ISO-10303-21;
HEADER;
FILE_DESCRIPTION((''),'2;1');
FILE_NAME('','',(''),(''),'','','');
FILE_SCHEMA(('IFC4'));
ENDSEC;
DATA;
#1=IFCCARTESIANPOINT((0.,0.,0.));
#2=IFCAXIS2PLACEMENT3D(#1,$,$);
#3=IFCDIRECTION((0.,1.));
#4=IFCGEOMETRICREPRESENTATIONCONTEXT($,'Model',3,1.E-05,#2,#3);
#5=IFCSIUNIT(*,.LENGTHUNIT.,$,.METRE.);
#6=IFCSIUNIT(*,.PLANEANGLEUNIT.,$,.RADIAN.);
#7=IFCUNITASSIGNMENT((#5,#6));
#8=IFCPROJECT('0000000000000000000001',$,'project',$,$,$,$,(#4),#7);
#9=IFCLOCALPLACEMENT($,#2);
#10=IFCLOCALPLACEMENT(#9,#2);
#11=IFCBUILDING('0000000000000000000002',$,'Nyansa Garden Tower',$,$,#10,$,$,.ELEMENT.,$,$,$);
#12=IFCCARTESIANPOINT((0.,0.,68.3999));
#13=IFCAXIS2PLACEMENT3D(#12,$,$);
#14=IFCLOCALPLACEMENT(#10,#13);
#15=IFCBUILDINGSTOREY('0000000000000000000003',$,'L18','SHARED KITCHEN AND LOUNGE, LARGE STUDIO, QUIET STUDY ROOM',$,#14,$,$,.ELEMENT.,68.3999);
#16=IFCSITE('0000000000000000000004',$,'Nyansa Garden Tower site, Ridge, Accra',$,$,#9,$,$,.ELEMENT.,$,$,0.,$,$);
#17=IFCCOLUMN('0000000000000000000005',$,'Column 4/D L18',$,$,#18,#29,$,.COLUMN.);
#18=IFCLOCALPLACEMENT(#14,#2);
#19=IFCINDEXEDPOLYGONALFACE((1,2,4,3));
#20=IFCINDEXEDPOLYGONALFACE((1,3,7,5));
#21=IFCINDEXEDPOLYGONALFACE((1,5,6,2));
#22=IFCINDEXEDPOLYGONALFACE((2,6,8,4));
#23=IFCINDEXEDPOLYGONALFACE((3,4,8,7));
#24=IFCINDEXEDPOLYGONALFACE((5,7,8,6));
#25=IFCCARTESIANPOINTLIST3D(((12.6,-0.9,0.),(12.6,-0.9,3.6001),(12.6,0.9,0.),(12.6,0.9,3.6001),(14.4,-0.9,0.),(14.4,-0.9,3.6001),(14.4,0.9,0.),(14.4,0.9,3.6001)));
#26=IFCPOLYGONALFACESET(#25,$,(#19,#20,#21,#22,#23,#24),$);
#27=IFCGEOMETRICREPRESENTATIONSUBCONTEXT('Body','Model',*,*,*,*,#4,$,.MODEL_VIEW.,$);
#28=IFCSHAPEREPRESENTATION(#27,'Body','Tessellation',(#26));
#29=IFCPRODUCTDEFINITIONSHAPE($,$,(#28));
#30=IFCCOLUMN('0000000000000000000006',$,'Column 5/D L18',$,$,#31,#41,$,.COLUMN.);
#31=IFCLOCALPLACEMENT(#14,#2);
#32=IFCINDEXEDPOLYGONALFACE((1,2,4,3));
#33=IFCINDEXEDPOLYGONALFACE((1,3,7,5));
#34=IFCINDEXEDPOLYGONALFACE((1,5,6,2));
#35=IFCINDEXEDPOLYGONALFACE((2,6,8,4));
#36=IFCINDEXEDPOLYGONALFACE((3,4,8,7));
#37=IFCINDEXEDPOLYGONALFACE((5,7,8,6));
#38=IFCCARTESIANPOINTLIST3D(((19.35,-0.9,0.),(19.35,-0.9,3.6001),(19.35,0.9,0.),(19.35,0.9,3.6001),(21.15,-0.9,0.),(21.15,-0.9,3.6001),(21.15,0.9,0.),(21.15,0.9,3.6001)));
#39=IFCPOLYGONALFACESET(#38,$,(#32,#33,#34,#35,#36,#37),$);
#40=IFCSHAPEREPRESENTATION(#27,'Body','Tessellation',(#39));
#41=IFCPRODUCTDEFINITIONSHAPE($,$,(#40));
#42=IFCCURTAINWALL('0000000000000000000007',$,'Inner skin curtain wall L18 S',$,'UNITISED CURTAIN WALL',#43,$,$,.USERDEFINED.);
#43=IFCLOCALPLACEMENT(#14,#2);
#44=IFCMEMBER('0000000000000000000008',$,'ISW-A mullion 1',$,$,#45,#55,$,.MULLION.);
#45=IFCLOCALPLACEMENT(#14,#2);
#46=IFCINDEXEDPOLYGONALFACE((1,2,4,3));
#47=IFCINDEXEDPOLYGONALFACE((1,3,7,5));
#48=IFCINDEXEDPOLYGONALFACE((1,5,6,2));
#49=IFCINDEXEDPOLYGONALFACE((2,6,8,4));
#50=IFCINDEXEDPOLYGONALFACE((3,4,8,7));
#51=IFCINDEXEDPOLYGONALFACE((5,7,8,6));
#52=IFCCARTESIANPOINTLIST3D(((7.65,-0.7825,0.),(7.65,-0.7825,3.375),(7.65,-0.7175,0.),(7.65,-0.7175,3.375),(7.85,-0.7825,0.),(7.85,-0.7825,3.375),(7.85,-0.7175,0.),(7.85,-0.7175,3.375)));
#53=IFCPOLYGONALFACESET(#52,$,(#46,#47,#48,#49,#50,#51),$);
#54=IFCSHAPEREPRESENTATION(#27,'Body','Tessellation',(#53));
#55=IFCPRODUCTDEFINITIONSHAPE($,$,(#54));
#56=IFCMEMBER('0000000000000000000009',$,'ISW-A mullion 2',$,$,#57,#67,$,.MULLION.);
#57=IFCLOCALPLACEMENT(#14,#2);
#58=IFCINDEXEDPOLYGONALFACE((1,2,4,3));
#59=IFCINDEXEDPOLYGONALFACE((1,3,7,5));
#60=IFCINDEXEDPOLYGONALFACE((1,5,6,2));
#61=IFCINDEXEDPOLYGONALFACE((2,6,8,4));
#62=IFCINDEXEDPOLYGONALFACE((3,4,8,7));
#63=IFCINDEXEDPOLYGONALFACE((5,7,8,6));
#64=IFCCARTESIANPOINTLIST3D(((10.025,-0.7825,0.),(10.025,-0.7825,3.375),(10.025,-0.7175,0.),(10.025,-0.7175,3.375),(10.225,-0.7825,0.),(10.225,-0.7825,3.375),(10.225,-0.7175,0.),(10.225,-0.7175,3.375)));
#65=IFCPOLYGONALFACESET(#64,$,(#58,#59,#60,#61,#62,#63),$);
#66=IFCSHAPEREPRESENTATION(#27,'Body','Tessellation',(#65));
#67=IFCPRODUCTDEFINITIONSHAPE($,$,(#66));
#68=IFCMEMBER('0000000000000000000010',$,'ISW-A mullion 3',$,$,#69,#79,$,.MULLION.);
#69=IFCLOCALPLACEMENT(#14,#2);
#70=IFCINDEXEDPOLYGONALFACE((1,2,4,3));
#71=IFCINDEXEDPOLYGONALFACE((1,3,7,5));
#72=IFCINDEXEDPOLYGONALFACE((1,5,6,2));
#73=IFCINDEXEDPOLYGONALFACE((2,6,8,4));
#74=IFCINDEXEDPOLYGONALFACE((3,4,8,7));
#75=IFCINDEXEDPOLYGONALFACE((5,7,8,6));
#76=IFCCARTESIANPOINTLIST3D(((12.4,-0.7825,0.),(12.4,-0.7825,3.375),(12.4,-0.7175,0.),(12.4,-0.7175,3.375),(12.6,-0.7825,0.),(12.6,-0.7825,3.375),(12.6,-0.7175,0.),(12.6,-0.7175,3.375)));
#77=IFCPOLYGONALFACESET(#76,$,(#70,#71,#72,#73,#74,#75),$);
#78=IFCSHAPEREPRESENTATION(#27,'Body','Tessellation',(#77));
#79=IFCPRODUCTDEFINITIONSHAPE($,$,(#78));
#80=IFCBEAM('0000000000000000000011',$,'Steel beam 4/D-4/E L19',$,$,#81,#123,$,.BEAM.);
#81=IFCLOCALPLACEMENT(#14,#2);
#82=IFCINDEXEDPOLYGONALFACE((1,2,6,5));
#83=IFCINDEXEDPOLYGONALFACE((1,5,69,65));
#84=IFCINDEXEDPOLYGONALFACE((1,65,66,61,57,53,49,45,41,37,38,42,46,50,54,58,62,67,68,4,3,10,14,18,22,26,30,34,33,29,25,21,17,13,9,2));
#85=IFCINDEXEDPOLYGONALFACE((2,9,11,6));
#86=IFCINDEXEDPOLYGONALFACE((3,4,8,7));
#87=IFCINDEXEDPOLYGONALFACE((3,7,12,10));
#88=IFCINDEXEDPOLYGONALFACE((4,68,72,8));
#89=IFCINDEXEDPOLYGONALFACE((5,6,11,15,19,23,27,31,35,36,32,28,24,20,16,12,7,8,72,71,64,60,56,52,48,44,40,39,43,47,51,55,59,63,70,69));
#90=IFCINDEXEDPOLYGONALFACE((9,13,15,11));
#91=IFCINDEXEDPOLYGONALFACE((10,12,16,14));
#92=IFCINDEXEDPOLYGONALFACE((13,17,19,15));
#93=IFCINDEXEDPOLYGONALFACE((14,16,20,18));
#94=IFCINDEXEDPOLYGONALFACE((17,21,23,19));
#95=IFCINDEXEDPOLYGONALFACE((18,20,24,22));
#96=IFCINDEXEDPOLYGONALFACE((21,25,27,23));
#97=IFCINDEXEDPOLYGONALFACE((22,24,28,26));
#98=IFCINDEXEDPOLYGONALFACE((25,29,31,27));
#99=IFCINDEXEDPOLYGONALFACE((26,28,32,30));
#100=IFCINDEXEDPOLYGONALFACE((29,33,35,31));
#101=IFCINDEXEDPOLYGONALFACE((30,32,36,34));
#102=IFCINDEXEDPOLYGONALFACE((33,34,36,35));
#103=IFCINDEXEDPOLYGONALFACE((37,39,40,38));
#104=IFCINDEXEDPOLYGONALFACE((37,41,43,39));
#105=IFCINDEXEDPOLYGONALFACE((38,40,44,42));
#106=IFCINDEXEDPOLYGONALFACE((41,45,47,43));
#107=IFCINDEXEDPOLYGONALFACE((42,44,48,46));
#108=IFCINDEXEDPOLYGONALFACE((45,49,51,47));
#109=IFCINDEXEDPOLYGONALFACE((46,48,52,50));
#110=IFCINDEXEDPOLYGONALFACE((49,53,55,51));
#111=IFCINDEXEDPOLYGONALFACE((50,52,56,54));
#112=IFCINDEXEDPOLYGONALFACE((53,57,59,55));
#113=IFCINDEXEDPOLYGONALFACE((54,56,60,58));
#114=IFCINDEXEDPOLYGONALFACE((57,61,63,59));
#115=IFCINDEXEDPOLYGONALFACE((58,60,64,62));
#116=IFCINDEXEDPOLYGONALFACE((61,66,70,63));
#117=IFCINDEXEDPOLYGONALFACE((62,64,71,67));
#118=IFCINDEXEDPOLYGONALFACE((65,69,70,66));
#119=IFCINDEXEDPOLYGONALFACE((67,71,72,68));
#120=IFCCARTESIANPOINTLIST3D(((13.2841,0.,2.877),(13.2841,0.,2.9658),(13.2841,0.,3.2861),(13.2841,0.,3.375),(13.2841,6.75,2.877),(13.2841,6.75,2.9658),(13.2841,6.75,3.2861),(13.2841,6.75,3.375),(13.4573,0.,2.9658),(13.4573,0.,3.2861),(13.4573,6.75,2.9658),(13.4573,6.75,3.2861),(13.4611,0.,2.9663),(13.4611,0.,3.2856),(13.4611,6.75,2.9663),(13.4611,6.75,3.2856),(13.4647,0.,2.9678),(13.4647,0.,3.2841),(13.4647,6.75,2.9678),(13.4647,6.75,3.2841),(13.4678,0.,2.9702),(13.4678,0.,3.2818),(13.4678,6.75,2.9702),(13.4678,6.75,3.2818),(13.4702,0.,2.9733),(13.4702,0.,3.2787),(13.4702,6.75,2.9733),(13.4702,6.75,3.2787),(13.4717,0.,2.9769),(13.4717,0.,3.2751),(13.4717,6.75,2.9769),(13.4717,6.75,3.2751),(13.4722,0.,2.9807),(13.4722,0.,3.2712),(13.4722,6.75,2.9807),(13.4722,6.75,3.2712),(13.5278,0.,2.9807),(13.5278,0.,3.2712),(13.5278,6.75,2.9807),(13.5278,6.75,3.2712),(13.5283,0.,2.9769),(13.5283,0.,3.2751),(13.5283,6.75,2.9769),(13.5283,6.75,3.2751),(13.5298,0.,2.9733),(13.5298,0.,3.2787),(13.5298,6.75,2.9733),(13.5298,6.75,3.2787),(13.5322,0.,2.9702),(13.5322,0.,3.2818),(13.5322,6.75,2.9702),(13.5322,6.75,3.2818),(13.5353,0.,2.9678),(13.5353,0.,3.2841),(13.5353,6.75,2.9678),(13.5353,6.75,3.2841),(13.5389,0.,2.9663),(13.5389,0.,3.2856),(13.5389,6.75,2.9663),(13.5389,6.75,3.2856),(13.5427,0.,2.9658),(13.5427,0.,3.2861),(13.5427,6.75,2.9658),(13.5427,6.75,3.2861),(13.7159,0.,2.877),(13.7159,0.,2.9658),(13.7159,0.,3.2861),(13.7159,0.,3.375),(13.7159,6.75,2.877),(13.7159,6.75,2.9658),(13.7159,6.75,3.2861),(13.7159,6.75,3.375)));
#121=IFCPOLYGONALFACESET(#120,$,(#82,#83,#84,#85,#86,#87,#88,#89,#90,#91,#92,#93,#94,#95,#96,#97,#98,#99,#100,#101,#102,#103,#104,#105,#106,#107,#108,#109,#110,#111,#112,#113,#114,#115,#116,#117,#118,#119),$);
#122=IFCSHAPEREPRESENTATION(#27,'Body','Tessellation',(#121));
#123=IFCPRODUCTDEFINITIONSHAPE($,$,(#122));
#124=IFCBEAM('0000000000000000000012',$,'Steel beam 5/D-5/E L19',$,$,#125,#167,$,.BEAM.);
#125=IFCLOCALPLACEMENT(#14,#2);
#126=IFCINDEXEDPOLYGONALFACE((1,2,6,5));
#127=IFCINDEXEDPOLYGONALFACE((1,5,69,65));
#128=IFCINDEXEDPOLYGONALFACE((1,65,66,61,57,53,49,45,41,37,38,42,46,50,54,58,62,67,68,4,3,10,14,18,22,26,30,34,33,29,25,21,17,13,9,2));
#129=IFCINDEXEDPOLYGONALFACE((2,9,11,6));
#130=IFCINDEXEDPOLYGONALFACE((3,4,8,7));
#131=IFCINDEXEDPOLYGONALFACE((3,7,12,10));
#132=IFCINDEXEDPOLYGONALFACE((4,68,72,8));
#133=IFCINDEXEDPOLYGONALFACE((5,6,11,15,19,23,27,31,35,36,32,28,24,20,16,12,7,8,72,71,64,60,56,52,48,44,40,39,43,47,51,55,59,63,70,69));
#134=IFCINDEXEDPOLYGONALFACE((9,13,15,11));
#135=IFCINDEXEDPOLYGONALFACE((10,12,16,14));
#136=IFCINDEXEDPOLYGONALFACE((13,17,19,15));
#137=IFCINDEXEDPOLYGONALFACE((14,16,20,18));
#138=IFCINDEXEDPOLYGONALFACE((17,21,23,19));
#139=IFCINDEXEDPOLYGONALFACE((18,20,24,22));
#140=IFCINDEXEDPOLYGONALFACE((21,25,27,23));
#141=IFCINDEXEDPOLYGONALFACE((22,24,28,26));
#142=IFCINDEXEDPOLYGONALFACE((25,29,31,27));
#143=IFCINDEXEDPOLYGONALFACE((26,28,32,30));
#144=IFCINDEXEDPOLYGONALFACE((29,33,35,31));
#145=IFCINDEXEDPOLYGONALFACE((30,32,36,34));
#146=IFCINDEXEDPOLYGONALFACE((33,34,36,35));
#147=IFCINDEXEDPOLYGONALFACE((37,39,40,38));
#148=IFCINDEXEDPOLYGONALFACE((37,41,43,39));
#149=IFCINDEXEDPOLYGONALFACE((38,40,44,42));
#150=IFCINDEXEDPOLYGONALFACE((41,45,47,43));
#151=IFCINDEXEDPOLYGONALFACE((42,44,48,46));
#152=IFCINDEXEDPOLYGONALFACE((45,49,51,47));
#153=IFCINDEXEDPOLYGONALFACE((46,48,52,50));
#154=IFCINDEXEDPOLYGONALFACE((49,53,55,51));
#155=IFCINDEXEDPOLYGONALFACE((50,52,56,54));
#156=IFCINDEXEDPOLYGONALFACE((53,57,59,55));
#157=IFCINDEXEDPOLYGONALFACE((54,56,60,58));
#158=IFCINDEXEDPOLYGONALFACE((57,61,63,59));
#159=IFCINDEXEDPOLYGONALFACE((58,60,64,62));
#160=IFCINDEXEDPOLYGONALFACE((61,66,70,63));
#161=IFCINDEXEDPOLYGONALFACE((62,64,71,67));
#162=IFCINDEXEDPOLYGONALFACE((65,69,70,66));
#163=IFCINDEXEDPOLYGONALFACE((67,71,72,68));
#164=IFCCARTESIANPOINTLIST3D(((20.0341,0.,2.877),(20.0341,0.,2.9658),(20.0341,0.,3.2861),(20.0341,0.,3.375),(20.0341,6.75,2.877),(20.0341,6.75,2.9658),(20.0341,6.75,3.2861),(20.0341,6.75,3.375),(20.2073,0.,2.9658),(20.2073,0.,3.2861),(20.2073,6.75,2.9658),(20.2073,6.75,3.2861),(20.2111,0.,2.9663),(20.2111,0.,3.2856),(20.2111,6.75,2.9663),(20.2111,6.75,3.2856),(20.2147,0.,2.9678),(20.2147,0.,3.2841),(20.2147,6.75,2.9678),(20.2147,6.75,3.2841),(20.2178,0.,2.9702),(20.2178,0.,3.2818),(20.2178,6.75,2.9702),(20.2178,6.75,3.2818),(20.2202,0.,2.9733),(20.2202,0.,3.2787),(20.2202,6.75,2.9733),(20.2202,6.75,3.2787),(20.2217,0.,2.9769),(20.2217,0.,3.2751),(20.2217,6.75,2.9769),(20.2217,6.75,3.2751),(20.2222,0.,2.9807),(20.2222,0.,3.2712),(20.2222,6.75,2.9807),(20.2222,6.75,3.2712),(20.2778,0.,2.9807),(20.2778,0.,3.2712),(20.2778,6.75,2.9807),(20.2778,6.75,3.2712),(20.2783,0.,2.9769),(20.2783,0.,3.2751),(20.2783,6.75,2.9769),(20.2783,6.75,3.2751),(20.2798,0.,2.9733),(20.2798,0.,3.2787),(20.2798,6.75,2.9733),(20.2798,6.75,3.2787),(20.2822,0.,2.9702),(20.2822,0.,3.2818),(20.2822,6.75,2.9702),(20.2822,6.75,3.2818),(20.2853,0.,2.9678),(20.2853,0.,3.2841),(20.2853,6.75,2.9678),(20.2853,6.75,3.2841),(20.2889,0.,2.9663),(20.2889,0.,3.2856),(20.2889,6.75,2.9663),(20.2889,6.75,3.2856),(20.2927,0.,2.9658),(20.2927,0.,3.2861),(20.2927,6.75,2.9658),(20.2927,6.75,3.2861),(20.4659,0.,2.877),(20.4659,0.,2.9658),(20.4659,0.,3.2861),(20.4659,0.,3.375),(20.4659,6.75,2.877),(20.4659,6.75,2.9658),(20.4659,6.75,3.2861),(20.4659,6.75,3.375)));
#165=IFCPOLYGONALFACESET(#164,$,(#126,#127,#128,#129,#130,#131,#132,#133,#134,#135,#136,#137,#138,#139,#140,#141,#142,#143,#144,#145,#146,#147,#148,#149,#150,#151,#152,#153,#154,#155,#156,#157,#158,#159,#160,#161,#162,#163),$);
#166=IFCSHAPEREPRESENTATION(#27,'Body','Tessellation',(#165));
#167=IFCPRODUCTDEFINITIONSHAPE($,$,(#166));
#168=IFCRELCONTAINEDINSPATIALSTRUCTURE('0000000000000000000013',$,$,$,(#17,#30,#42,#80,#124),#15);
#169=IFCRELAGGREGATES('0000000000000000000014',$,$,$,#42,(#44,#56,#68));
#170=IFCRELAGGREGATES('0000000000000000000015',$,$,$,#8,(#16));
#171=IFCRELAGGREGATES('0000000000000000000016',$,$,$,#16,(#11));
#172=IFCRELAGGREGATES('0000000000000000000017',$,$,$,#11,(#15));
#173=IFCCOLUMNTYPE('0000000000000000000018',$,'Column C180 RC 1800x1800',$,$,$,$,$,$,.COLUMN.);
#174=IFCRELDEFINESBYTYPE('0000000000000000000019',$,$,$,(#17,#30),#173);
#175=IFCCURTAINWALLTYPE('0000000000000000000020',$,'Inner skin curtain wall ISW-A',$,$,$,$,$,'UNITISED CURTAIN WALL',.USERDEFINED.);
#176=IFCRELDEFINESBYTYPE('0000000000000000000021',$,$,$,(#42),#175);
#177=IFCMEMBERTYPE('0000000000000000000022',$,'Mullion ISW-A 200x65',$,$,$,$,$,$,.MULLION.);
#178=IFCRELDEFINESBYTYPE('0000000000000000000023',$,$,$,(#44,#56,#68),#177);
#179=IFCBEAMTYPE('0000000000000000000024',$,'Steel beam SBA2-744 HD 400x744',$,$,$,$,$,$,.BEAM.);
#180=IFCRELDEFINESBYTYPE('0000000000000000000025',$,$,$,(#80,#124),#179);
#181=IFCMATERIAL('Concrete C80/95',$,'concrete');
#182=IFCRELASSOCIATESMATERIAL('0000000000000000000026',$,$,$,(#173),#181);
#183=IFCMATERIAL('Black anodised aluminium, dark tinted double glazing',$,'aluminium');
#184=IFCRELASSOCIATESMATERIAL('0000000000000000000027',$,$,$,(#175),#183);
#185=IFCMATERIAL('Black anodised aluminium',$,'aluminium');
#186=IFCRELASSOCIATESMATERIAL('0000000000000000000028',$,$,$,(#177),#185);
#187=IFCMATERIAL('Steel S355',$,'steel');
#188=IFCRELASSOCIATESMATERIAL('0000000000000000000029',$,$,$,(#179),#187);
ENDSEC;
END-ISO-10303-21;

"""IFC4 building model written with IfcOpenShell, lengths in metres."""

from ifc_helpers import new_model, si_unit, direction, frame, origin, origin_2d, place, context, subcontext, project, spatial, rectangle, i_section, extrude, material, material_profile, profile_set, type_object, element, aggregate, save


model = new_model("IFC4")

# Units and contexts
model_context = context("Model", 3, precision=1e-05, world=origin(), true_north=direction((0.0, 1.0)))
body_context = subcontext(model_context, "Body", "Model", "MODEL_VIEW")
ifc_project = project(units=[si_unit("LENGTHUNIT", "METRE"), si_unit("PLANEANGLEUNIT", "RADIAN")], contexts=[model_context])

# Site, building, storey
site_placement = place(None, origin())
site = spatial("IfcSite", under=ifc_project, at=site_placement, Name="Nyansa Garden Tower site, Ridge, Accra", CompositionType="ELEMENT", RefElevation=0.0)
building_placement = place(site_placement, origin())
building = spatial("IfcBuilding", under=site, at=building_placement, Name="Nyansa Garden Tower", CompositionType="ELEMENT")
storey_placement = place(building_placement, frame((0.0, 0.0, 68.3999)))
storey = spatial("IfcBuildingStorey", under=building, at=storey_placement, Name="L18", Description="SHARED KITCHEN AND LOUNGE, LARGE STUDIO, QUIET STUDY ROOM", CompositionType="ELEMENT", Elevation=68.3999)

# Columns
ifc_material_1 = material(Name="Concrete C80/95", Category="concrete")
ifc_material_profile_1 = material_profile(ifc_material_1, rectangle(XDim=1.8, YDim=1.8, at=origin_2d()), Name="RC 1800x1800")
ifc_profile_set_1 = profile_set([ifc_material_profile_1], Name="Concrete C80/95")
column_type = type_object("IfcColumnType", Name="Column C180 RC 1800x1800", PredefinedType="COLUMN", material=ifc_profile_set_1)
for number, where, z_axis, x_axis, name in (
    (1, (13.5, 0.0, 0.0), (0.0, 0.0, 1.0), (1.0, 0.0, 0.0), "Column 4/D L18"),
    (2, (20.25, 0.0, 0.0), (0.0, 0.0, 1.0), (1.0, 0.0, 0.0), "Column 5/D L18"),
):
    element("IfcColumn", number, at=place(storey_placement, frame(where, z_axis=z_axis, x_axis=x_axis)), inside=storey, type_object=column_type, Name=name, PredefinedType="COLUMN", context=body_context, shape_type="SweptSolid", body=[
        extrude(rectangle(XDim=1.8, YDim=1.8, at=origin_2d()), origin(), (0.0, 0.0, 1.0), 3.6001),
    ])

# Curtain wall, members
ifc_material_2 = material(Name="Black anodised aluminium, dark tinted double glazing", Category="aluminium")
curtain_wall_type = type_object("IfcCurtainWallType", Name="Inner skin curtain wall ISW-A", ElementType="UNITISED CURTAIN WALL", PredefinedType="USERDEFINED", material=ifc_material_2)
curtain_wall_placement = place(storey_placement, origin())
curtain_wall = element("IfcCurtainWall", 3, at=curtain_wall_placement, inside=storey, type_object=curtain_wall_type, Name="Inner skin curtain wall L18 S", ObjectType="UNITISED CURTAIN WALL", PredefinedType="USERDEFINED")
ifc_material_3 = material(Name="Black anodised aluminium", Category="aluminium")
ifc_material_profile_2 = material_profile(ifc_material_3, rectangle(XDim=0.0649, YDim=0.2, at=origin_2d()), Name="Mullion 200x65")
ifc_profile_set_2 = profile_set([ifc_material_profile_2], Name="Black anodised aluminium")
member_type_1 = type_object("IfcMemberType", Name="Mullion ISW-A 200x65", PredefinedType="MULLION", material=ifc_profile_set_2)
member_1_placement = place(storey_placement, frame((7.75, -0.75, 0.0), z_axis=(0.0, 0.0, 1.0), x_axis=(0.0, 1.0, 0.0)))
member_1 = element("IfcMember", 4, at=member_1_placement, type_object=member_type_1, Name="ISW-A mullion 1", PredefinedType="MULLION", context=body_context, shape_type="SweptSolid", body=[
    extrude(rectangle(XDim=0.0649, YDim=0.2, at=origin_2d()), origin(), (0.0, 0.0, 1.0), 3.375),
])
member_2_placement = place(storey_placement, frame((10.125, -0.75, 0.0), z_axis=(0.0, 0.0, 1.0), x_axis=(0.0, 1.0, 0.0)))
member_2 = element("IfcMember", 5, at=member_2_placement, type_object=member_type_1, Name="ISW-A mullion 2", PredefinedType="MULLION", context=body_context, shape_type="SweptSolid", body=[
    extrude(rectangle(XDim=0.0649, YDim=0.2, at=origin_2d()), origin(), (0.0, 0.0, 1.0), 3.375),
])
member_3_placement = place(storey_placement, frame((12.5, -0.75, 0.0), z_axis=(0.0, 0.0, 1.0), x_axis=(0.0, 1.0, 0.0)))
member_3 = element("IfcMember", 6, at=member_3_placement, type_object=member_type_1, Name="ISW-A mullion 3", PredefinedType="MULLION", context=body_context, shape_type="SweptSolid", body=[
    extrude(rectangle(XDim=0.0649, YDim=0.2, at=origin_2d()), origin(), (0.0, 0.0, 1.0), 3.375),
])

# Beams
ifc_material_4 = material(Name="Steel S355", Category="steel")
ifc_material_profile_3 = material_profile(ifc_material_4, i_section(OverallWidth=0.4319, OverallDepth=0.498, WebThickness=0.0557, FlangeThickness=0.0889, FilletRadius=0.0149, at=origin_2d()), Name="HD 400x744")
ifc_profile_set_3 = profile_set([ifc_material_profile_3], Name="Steel S355")
beam_type_1 = type_object("IfcBeamType", Name="Steel beam SBA2-744 HD 400x744", PredefinedType="BEAM", material=ifc_profile_set_3)
for number, where, z_axis, x_axis, name in (
    (7, (13.5, 0.0, 3.126), (0.0, 1.0, 0.0), (-1.0, 0.0, 0.0), "Steel beam 4/D-4/E L19"),
    (8, (20.25, 0.0, 3.126), (0.0, 1.0, 0.0), (-1.0, 0.0, 0.0), "Steel beam 5/D-5/E L19"),
):
    element("IfcBeam", number, at=place(storey_placement, frame(where, z_axis=z_axis, x_axis=x_axis)), inside=storey, type_object=beam_type_1, Name=name, PredefinedType="BEAM", context=body_context, shape_type="SweptSolid", body=[
        extrude(i_section(OverallWidth=0.4319, OverallDepth=0.498, WebThickness=0.0557, FlangeThickness=0.0889, FilletRadius=0.0149, at=origin_2d()), origin(), (0.0, 0.0, 1.0), 6.75),
    ])

aggregate(curtain_wall, [member_1, member_2, member_3])

save(model, "model.ifc")
